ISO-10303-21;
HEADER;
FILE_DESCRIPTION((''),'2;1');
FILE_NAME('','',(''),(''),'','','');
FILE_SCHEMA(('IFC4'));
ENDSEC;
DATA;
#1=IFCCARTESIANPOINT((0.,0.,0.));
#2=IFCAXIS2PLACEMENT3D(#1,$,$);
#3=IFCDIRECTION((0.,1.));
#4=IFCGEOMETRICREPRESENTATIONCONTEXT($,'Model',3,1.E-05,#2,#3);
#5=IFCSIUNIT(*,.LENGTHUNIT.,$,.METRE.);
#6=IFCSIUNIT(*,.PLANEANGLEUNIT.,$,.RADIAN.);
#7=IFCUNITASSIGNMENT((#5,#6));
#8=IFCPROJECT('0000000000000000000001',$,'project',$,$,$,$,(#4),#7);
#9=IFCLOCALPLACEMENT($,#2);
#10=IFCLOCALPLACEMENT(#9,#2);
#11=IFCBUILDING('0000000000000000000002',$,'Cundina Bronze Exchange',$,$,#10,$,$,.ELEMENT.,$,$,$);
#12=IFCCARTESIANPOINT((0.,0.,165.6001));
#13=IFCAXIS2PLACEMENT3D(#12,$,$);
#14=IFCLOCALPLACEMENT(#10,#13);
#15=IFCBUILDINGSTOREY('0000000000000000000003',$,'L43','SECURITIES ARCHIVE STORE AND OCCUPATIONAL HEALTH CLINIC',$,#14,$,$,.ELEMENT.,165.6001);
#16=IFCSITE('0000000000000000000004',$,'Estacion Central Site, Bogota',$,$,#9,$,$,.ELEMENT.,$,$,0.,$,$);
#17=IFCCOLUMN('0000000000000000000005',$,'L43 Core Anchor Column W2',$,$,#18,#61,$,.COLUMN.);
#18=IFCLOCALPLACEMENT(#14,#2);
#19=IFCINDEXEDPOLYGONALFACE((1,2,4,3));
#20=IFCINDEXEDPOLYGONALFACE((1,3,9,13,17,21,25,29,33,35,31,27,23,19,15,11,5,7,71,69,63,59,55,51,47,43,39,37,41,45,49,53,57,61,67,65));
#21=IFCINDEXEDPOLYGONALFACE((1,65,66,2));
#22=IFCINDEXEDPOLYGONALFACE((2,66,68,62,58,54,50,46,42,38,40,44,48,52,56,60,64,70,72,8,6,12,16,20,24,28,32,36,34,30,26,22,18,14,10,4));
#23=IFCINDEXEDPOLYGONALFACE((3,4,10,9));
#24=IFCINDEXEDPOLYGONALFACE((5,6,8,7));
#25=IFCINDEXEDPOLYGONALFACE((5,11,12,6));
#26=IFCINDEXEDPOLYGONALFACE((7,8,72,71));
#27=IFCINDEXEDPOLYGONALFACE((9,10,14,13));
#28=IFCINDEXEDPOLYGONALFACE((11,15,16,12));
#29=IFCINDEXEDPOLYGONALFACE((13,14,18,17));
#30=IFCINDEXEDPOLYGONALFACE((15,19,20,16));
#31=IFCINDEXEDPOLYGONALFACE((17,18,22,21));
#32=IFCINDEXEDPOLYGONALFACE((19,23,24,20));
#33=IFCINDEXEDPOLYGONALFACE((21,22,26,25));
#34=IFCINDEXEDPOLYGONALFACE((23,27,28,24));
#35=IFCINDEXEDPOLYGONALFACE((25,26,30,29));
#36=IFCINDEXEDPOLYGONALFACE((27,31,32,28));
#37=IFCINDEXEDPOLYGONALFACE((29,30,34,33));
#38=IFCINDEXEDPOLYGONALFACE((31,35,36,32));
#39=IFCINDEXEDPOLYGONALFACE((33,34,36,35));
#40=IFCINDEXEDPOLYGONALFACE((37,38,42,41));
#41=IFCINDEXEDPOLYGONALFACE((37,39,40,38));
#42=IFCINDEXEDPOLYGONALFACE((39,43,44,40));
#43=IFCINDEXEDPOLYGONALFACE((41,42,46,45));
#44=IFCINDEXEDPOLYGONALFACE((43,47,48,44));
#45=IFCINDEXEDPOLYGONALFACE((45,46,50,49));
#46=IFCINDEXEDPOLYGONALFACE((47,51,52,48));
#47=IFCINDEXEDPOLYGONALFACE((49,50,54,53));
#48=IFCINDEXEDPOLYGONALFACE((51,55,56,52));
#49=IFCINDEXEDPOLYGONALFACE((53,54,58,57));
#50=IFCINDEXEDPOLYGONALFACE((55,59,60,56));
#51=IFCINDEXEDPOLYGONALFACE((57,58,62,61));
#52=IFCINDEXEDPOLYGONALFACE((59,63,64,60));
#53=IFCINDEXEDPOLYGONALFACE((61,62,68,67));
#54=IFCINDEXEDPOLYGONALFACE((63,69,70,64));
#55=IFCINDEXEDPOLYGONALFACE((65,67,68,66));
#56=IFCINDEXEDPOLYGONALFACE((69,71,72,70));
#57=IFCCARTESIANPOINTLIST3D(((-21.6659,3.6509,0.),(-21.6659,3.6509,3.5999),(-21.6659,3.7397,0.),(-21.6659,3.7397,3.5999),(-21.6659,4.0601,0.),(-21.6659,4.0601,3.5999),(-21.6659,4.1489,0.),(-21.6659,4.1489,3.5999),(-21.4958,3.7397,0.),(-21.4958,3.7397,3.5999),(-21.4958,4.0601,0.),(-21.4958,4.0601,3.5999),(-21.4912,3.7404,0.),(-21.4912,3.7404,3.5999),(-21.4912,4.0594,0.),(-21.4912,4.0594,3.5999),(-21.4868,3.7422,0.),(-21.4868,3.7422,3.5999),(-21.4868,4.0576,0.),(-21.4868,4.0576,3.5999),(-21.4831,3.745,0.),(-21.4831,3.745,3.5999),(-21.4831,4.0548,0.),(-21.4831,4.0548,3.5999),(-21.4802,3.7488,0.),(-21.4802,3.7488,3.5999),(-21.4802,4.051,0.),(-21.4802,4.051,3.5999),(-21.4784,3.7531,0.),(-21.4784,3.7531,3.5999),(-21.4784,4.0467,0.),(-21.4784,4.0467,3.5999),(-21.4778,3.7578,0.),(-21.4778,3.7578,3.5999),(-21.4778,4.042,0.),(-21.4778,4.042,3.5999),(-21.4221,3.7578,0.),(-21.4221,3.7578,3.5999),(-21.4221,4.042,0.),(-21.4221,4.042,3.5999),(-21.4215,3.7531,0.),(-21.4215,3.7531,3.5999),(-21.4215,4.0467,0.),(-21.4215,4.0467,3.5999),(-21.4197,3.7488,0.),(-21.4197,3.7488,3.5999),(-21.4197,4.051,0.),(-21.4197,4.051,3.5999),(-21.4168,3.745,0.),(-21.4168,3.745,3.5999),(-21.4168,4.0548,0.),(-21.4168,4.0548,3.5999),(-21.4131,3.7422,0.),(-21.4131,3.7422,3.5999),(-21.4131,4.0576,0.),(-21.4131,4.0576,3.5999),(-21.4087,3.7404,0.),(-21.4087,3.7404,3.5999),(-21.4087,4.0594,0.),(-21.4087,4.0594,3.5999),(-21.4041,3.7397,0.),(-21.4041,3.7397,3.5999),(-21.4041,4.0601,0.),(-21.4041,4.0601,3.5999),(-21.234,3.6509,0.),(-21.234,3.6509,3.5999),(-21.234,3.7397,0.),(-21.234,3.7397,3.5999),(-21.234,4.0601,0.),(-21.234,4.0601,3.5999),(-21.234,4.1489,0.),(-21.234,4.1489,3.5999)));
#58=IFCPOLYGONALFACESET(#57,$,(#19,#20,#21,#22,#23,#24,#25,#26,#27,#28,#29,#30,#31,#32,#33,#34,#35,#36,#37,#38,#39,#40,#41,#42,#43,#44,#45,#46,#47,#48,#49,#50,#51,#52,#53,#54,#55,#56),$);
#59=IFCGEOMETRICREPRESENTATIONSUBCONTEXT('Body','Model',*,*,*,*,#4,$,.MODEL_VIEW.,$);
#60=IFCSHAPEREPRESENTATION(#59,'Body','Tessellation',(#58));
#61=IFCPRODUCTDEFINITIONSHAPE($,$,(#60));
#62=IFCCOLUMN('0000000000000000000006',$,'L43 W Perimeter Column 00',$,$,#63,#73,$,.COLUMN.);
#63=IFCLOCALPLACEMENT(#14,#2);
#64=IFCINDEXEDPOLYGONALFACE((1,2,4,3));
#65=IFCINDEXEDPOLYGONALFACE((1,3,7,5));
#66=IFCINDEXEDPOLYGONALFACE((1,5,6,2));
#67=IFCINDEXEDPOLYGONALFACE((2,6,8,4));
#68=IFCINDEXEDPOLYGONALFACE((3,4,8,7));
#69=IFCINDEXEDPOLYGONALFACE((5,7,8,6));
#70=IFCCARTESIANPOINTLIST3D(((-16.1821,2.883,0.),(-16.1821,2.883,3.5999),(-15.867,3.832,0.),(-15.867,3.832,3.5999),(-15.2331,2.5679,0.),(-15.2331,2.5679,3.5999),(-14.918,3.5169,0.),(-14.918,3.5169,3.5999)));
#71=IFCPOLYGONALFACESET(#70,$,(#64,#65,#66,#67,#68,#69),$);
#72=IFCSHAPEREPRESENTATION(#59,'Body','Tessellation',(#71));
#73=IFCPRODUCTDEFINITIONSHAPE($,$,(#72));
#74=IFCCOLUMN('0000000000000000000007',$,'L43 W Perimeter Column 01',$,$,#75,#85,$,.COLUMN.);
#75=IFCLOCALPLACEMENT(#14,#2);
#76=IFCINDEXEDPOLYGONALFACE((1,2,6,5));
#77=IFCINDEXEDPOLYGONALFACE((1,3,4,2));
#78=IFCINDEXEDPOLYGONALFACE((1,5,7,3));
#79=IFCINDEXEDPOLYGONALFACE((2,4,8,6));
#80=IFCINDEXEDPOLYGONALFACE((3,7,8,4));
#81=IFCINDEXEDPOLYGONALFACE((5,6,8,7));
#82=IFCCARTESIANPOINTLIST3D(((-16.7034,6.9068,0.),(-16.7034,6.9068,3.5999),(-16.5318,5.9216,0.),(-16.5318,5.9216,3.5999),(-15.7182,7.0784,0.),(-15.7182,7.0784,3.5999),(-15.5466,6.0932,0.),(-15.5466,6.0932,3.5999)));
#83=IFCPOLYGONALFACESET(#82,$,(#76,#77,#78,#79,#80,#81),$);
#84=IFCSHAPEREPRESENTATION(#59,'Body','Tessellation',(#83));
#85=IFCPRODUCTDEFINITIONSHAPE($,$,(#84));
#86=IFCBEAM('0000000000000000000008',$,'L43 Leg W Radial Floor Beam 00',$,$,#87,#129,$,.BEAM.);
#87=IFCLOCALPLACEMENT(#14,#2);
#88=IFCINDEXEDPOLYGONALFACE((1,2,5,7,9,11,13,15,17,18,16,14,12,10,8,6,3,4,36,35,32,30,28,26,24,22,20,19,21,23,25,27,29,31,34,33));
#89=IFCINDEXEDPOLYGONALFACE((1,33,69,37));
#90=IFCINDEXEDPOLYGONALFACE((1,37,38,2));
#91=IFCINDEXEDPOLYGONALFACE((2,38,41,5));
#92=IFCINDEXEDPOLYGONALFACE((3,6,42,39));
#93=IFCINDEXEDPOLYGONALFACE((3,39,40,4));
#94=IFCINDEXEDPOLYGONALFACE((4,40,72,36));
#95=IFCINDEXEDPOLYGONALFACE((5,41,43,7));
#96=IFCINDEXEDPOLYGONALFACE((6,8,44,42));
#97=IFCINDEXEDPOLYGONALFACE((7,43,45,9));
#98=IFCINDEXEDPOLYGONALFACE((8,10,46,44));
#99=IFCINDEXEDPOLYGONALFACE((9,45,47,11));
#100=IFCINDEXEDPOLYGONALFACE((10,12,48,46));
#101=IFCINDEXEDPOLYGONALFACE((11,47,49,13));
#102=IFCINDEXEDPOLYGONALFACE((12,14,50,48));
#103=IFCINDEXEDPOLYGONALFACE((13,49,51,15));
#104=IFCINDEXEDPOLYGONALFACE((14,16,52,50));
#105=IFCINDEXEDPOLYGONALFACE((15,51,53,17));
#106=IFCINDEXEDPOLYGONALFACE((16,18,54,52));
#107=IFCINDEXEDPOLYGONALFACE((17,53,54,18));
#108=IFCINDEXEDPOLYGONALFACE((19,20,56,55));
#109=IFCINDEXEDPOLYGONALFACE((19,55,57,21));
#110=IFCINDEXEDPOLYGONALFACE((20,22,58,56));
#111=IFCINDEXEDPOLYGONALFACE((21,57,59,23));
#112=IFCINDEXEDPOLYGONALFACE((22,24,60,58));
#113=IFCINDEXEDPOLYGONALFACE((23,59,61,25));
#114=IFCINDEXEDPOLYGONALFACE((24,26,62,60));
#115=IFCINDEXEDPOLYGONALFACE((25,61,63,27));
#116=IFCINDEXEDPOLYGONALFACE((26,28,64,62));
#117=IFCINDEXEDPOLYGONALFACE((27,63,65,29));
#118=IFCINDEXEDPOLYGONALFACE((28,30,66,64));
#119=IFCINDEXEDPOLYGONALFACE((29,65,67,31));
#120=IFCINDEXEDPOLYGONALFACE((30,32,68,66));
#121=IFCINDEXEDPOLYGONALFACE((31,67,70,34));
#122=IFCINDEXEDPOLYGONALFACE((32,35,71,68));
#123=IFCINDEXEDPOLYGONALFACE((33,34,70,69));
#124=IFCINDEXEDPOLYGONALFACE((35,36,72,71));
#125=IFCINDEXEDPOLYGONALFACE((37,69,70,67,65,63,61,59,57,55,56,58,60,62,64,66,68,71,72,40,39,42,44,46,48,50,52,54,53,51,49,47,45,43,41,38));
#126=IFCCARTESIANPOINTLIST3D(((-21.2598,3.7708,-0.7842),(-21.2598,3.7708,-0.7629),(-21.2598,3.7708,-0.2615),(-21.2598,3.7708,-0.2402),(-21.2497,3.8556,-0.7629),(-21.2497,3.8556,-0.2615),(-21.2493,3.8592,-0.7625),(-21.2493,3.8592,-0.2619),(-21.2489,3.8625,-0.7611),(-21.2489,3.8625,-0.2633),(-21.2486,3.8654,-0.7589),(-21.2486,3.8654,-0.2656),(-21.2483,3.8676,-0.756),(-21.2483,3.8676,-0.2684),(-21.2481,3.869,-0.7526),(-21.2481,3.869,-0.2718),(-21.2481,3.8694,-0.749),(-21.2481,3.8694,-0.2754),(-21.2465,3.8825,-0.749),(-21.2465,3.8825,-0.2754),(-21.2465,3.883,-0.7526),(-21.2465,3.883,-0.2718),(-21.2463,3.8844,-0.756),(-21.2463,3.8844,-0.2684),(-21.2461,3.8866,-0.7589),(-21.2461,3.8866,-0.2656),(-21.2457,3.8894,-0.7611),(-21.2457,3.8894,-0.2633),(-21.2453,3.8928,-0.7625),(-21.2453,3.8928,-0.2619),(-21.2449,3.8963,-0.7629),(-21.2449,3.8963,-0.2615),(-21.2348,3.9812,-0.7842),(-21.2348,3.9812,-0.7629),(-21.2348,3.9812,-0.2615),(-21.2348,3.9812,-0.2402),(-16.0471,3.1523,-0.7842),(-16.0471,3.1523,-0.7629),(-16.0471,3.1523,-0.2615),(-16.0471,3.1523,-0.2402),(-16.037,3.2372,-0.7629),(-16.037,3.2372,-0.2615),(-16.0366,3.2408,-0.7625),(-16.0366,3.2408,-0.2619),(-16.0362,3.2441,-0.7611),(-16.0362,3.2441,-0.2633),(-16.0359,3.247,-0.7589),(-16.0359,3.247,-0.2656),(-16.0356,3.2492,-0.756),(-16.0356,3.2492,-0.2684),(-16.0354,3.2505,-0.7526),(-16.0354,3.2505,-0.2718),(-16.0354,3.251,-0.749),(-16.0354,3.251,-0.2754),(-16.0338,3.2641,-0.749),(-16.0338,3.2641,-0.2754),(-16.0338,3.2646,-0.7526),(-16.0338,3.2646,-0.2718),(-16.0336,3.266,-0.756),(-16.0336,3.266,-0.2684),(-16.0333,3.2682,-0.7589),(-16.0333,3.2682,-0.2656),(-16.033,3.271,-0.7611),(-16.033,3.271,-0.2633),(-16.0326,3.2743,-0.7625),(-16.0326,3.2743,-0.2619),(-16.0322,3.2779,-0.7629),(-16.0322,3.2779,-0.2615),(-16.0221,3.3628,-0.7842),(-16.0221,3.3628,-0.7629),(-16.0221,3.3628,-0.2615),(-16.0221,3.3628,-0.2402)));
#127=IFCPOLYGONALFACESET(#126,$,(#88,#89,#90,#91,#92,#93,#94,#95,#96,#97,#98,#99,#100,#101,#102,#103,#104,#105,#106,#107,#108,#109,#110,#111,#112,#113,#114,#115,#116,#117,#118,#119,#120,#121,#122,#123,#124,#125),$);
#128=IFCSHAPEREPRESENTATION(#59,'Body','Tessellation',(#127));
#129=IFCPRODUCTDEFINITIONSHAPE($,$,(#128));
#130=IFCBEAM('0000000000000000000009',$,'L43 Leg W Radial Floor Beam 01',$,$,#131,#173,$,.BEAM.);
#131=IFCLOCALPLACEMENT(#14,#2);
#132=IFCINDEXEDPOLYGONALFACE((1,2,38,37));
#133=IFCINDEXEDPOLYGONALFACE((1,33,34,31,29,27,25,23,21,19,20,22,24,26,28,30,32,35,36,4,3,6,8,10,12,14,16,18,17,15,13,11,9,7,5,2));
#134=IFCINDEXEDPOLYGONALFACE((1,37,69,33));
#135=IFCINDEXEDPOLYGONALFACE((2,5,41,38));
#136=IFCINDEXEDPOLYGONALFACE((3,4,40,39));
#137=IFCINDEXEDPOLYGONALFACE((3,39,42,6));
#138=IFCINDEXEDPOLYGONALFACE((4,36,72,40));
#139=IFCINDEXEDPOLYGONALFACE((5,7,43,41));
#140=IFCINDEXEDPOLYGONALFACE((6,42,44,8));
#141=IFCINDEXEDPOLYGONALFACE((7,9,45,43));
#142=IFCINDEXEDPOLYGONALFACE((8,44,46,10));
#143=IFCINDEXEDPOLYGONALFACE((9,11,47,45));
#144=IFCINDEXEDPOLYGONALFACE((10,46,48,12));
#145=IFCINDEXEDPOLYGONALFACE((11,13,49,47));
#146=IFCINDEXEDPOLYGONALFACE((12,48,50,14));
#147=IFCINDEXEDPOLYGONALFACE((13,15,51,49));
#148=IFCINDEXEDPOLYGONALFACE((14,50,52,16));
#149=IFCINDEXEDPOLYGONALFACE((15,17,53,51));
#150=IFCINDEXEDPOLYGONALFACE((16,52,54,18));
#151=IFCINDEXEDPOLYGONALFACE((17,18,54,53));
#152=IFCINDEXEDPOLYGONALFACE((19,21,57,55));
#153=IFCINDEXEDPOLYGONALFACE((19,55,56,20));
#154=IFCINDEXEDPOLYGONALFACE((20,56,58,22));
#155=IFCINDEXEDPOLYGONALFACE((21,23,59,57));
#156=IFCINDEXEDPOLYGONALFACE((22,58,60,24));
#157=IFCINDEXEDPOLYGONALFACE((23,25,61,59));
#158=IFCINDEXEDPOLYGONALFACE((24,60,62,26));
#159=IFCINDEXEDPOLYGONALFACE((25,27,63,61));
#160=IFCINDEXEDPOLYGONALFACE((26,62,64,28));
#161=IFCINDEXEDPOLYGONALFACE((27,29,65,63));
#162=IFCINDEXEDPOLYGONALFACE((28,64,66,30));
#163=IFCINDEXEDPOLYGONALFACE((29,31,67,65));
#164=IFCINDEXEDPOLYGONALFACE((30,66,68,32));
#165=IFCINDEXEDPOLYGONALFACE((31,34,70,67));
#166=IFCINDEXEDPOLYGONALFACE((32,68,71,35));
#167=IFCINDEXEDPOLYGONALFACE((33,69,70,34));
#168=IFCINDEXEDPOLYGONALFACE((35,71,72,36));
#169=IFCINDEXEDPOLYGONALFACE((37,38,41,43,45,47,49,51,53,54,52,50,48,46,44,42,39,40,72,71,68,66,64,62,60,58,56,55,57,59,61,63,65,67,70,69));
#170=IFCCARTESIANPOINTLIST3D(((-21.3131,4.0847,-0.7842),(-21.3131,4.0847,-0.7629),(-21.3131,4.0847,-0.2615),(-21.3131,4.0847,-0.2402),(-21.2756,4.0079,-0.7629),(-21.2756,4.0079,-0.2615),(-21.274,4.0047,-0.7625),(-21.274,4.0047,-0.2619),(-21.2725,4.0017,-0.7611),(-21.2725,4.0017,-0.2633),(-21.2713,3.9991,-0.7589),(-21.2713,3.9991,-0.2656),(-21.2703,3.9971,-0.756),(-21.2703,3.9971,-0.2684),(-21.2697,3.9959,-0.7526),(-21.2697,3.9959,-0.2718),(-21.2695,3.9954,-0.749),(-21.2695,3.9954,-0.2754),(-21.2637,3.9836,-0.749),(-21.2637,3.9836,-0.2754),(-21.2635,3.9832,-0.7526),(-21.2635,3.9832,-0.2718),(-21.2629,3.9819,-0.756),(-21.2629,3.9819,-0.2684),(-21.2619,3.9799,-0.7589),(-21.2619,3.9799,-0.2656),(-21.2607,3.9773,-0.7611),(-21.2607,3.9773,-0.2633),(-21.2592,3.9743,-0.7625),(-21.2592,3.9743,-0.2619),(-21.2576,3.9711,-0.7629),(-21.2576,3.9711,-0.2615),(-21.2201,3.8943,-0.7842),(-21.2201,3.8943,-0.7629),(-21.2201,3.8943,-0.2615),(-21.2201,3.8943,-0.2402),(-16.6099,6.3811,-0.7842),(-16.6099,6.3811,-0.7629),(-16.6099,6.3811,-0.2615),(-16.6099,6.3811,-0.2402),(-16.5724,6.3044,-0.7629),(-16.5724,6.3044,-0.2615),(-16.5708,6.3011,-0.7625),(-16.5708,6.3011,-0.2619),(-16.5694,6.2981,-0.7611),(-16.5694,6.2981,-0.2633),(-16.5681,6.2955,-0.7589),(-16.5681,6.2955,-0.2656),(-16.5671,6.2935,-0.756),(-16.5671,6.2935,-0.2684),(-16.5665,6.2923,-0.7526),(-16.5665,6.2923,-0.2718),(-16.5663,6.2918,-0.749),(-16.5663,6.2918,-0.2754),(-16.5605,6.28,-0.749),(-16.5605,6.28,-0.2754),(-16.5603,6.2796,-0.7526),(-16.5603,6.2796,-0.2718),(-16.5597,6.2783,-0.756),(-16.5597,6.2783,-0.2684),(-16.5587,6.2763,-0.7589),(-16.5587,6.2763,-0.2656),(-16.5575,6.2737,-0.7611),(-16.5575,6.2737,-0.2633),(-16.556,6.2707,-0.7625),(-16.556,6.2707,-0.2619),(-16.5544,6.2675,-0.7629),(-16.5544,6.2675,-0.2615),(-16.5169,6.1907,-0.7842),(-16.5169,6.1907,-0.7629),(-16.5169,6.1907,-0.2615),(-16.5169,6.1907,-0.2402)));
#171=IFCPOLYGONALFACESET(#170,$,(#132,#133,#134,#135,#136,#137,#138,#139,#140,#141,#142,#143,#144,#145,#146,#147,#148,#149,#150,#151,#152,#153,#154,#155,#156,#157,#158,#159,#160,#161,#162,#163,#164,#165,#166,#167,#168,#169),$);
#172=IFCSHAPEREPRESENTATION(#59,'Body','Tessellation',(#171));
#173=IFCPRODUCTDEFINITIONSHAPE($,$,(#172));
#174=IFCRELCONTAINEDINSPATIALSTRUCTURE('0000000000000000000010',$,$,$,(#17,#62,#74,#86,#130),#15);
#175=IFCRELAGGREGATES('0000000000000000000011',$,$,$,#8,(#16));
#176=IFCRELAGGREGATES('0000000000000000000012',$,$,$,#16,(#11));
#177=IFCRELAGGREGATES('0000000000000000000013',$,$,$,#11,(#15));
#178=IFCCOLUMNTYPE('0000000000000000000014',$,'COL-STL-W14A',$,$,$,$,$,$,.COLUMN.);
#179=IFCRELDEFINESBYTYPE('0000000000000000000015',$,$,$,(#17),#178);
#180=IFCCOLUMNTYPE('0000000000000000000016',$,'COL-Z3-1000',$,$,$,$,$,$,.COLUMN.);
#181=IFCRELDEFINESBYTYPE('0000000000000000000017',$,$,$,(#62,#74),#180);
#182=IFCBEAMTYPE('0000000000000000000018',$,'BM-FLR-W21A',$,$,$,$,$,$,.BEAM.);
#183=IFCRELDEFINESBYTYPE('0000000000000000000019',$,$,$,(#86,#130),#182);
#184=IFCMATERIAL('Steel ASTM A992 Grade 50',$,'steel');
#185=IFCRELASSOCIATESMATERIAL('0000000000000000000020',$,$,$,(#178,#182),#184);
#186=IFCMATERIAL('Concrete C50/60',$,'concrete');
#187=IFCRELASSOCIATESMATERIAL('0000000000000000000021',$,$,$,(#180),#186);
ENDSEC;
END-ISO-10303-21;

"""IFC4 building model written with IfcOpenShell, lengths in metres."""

from ifc_helpers import new_model, si_unit, direction, frame, origin, origin_2d, place, context, subcontext, project, spatial, rectangle, i_section, extrude, material, material_profile, profile_set, type_object, element, save


model = new_model("IFC4")

# Units and contexts
model_context = context("Model", 3, precision=1e-05, world=origin(), true_north=direction((0.0, 1.0)))
body_context = subcontext(model_context, "Body", "Model", "MODEL_VIEW")
ifc_project = project(units=[si_unit("LENGTHUNIT", "METRE"), si_unit("PLANEANGLEUNIT", "RADIAN")], contexts=[model_context])

# Site, building, storey
site_placement = place(None, origin())
site = spatial("IfcSite", under=ifc_project, at=site_placement, Name="Estacion Central Site, Bogota", CompositionType="ELEMENT", RefElevation=0.0)
building_placement = place(site_placement, origin())
building = spatial("IfcBuilding", under=site, at=building_placement, Name="Cundina Bronze Exchange", CompositionType="ELEMENT")
storey_placement = place(building_placement, frame((0.0, 0.0, 165.6001)))
storey = spatial("IfcBuildingStorey", under=building, at=storey_placement, Name="L43", Description="SECURITIES ARCHIVE STORE AND OCCUPATIONAL HEALTH CLINIC", CompositionType="ELEMENT", Elevation=165.6001)

# Columns
ifc_material_1 = material(Name="Steel ASTM A992 Grade 50", Category="steel")
ifc_material_profile_1 = material_profile(ifc_material_1, i_section(OverallWidth=0.4319, OverallDepth=0.498, WebThickness=0.0557, FlangeThickness=0.0889, FilletRadius=0.0181, at=origin_2d()), Name="W14X500", Category="steel")
ifc_profile_set_1 = profile_set([ifc_material_profile_1], Name="Steel ASTM A992 Grade 50")
column_type_1 = type_object("IfcColumnType", Name="COL-STL-W14A", PredefinedType="COLUMN", material=ifc_profile_set_1)
column_placement = place(storey_placement, frame((-21.45, 3.8999, 0.0), z_axis=(0.0, 0.0, 1.0), x_axis=(1.0, 0.0, 0.0)))
element("IfcColumn", 1, at=column_placement, inside=storey, type_object=column_type_1, Name="L43 Core Anchor Column W2", PredefinedType="COLUMN", context=body_context, shape_type="SweptSolid", body=[
    extrude(i_section(OverallWidth=0.4319, OverallDepth=0.498, WebThickness=0.0557, FlangeThickness=0.0889, FilletRadius=0.0181, at=origin_2d()), origin(), (0.0, 0.0, 1.0), 3.5999),
])
ifc_material_2 = material(Name="Concrete C50/60", Category="concrete")
ifc_material_profile_2 = material_profile(ifc_material_2, rectangle(XDim=1.0, YDim=1.0, at=origin_2d()), Name="RC1000X1000", Category="concrete")
ifc_profile_set_2 = profile_set([ifc_material_profile_2], Name="Concrete C50/60")
column_type_2 = type_object("IfcColumnType", Name="COL-Z3-1000", PredefinedType="COLUMN", material=ifc_profile_set_2)
for number, where, z_axis, x_axis, name in (
    (2, (-15.55, 3.2, 0.0), (0.0, 0.0, 1.0), (0.315152, 0.949041, 0.0), "L43 W Perimeter Column 00"),
    (3, (-16.125, 6.5, 0.0), (0.0, 0.0, 1.0), (-0.171585, 0.985169, 0.0), "L43 W Perimeter Column 01"),
):
    element("IfcColumn", number, at=place(storey_placement, frame(where, z_axis=z_axis, x_axis=x_axis)), inside=storey, type_object=column_type_2, Name=name, PredefinedType="COLUMN", context=body_context, shape_type="SweptSolid", body=[
        extrude(rectangle(XDim=1.0, YDim=1.0, at=origin_2d()), origin(), (0.0, 0.0, 1.0), 3.5999),
    ])

# Beams
ifc_material_profile_3 = material_profile(ifc_material_1, i_section(OverallWidth=0.2119, OverallDepth=0.5439, WebThickness=0.0132, FlangeThickness=0.0212, FilletRadius=0.0139, at=origin_2d()), Name="W21X83", Category="steel")
ifc_profile_set_3 = profile_set([ifc_material_profile_3], Name="Steel ASTM A992 Grade 50")
beam_type_1 = type_object("IfcBeamType", Name="BM-FLR-W21A", PredefinedType="BEAM", material=ifc_profile_set_3)
beam_1_placement = place(storey_placement, frame((-21.2473, 3.876, -0.5122), z_axis=(0.993036, -0.11781, 0.0), x_axis=(0.11781, 0.993036, 0.0)))
element("IfcBeam", 4, at=beam_1_placement, inside=storey, type_object=beam_type_1, Name="L43 Leg W Radial Floor Beam 00", PredefinedType="BEAM", context=body_context, shape_type="SweptSolid", body=[
    extrude(i_section(OverallWidth=0.2119, OverallDepth=0.5439, WebThickness=0.0132, FlangeThickness=0.0212, FilletRadius=0.0139, at=origin_2d()), origin(), (0.0, 0.0, 1.0), 5.2493),
])
beam_2_placement = place(storey_placement, frame((-21.2666, 3.9895, -0.5122), z_axis=(0.898604, 0.43876, 0.0), x_axis=(-0.43876, 0.898604, 0.0)))
element("IfcBeam", 5, at=beam_2_placement, inside=storey, type_object=beam_type_1, Name="L43 Leg W Radial Floor Beam 01", PredefinedType="BEAM", context=body_context, shape_type="SweptSolid", body=[
    extrude(i_section(OverallWidth=0.2119, OverallDepth=0.5439, WebThickness=0.0132, FlangeThickness=0.0212, FilletRadius=0.0139, at=origin_2d()), origin(), (0.0, 0.0, 1.0), 5.2339),
])

save(model, "model.ifc")
